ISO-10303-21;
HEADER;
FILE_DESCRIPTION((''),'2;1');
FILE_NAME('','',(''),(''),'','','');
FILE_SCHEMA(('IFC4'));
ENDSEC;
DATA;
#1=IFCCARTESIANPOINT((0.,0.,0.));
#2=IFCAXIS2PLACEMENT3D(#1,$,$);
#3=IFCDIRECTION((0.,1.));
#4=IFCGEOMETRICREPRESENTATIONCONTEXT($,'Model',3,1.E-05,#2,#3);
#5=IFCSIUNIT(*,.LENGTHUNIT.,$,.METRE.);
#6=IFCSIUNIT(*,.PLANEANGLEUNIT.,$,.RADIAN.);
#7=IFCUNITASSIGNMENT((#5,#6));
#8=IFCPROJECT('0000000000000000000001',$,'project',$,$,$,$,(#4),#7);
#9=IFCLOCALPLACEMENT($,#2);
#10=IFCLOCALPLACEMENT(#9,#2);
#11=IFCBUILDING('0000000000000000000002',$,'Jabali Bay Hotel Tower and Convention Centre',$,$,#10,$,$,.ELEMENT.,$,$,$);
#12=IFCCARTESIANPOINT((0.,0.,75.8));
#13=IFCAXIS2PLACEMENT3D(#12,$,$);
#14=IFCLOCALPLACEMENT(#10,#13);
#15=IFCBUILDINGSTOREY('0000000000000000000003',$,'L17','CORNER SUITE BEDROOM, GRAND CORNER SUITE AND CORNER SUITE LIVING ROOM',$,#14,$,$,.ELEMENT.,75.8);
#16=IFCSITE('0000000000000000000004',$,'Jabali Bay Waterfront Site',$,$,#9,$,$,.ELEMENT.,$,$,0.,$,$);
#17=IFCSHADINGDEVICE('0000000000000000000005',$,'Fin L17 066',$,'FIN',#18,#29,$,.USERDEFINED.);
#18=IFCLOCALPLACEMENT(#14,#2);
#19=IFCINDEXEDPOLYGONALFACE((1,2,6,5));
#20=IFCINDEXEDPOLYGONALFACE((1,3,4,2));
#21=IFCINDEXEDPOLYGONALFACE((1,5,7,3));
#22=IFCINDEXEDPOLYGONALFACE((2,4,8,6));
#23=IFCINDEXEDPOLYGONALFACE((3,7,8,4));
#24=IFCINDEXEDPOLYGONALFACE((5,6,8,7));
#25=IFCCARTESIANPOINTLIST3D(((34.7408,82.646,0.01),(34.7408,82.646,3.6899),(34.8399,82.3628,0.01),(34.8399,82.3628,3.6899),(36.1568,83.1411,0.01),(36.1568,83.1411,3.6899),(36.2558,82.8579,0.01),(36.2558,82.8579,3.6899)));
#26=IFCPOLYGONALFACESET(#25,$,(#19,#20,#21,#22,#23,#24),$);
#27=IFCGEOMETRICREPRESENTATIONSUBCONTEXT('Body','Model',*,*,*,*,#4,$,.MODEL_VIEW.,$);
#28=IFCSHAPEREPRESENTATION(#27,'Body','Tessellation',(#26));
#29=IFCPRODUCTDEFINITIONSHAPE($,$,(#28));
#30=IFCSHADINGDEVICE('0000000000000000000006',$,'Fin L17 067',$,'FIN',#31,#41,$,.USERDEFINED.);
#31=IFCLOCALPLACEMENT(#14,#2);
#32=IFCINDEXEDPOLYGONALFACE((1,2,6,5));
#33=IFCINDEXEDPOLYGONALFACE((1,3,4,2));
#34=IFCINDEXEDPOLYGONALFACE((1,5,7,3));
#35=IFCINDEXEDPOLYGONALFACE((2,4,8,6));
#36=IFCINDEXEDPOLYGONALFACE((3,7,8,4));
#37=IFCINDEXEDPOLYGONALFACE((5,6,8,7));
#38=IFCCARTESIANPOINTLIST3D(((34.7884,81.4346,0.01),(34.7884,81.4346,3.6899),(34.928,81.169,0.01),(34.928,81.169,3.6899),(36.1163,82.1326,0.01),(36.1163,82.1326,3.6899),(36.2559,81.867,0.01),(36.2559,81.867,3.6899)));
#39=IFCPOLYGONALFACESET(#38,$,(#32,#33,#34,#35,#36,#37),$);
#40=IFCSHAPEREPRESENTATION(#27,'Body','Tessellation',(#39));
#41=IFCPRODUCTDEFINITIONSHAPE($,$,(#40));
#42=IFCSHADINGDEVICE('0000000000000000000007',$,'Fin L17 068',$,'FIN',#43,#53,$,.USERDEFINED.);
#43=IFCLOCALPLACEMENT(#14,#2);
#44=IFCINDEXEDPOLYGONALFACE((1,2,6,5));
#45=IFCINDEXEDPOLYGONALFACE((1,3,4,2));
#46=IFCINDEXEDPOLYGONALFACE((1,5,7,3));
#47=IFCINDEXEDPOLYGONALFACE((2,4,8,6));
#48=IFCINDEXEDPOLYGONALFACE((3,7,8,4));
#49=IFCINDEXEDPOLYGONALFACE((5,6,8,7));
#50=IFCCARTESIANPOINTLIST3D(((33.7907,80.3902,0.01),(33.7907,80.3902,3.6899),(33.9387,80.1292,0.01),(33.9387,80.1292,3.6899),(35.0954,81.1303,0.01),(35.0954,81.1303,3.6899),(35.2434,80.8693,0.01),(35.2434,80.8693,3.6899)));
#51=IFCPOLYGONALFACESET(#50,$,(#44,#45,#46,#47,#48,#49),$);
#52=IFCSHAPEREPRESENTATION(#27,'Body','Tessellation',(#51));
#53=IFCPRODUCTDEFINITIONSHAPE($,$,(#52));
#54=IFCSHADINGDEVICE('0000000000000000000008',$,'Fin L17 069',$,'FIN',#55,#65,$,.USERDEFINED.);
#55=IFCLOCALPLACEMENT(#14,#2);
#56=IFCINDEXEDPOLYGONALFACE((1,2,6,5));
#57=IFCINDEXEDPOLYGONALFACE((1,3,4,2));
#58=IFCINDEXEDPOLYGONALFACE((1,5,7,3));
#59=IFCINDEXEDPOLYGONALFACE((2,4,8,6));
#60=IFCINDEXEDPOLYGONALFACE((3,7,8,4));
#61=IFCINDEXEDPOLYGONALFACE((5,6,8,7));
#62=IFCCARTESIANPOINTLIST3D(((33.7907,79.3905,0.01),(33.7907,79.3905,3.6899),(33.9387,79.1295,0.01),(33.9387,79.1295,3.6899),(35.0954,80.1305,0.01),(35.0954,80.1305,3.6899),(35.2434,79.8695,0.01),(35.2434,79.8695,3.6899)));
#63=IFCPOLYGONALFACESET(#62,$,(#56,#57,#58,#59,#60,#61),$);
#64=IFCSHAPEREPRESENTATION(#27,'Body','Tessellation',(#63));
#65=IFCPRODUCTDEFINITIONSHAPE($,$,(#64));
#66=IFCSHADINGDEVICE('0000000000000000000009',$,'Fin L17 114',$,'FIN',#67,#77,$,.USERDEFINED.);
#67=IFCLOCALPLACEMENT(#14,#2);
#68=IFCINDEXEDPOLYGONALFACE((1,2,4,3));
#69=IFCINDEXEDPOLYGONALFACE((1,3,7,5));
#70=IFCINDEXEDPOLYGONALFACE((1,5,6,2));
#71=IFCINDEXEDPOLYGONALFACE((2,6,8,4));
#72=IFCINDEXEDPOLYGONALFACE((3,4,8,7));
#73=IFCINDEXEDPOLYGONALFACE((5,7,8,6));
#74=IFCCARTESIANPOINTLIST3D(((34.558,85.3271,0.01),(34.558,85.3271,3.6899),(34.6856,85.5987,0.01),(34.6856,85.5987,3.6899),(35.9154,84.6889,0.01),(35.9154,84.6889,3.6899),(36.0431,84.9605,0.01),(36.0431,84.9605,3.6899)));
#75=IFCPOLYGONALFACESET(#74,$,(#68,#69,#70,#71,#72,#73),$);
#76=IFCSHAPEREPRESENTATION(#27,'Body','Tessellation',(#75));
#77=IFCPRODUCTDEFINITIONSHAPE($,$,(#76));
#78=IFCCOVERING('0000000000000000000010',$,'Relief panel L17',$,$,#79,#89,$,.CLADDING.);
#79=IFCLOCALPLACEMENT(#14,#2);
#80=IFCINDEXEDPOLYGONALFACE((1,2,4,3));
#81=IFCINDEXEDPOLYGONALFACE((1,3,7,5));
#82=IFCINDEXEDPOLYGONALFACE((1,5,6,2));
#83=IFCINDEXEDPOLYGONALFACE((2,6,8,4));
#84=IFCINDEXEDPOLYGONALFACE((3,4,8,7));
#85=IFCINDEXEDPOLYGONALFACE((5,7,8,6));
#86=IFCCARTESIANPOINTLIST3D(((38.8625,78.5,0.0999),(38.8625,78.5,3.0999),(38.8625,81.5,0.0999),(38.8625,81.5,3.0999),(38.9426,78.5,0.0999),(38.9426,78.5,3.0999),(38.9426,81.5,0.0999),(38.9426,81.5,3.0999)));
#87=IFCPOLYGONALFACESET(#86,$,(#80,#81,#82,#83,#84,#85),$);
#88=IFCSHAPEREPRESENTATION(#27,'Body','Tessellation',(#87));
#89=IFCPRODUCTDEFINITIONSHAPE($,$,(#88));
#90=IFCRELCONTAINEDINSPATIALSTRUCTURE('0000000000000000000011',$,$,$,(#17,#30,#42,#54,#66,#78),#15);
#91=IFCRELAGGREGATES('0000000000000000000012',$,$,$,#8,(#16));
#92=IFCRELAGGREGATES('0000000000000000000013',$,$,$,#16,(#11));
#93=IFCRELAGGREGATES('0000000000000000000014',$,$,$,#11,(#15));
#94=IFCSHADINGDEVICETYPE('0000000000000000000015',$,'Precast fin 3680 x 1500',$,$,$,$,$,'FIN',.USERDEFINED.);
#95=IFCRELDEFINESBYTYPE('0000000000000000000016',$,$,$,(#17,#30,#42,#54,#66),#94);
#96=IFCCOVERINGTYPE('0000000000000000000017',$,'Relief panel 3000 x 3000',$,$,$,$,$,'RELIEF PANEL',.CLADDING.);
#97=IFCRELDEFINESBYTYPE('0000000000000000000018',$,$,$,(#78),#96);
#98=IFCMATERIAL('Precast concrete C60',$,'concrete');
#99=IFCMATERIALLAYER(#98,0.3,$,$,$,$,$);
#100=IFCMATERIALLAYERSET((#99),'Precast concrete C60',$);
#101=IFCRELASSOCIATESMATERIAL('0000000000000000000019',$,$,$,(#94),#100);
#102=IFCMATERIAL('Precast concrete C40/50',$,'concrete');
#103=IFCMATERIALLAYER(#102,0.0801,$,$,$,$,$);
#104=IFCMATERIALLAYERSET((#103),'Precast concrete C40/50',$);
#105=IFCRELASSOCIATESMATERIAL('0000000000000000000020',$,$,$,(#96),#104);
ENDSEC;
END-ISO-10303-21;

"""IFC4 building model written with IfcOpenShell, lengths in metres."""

from ifc_helpers import new_model, si_unit, direction, frame, frame_2d, origin, origin_2d, place, context, subcontext, project, spatial, rectangle, extrude, material, layer, layer_set, type_object, element, save


model = new_model("IFC4")

# Units and contexts
model_context = context("Model", 3, precision=1e-05, world=origin(), true_north=direction((0.0, 1.0)))
body_context = subcontext(model_context, "Body", "Model", "MODEL_VIEW")
ifc_project = project(units=[si_unit("LENGTHUNIT", "METRE"), si_unit("PLANEANGLEUNIT", "RADIAN")], contexts=[model_context])

# Site, building, storey
site_placement = place(None, origin())
site = spatial("IfcSite", under=ifc_project, at=site_placement, Name="Jabali Bay Waterfront Site", CompositionType="ELEMENT", RefElevation=0.0)
building_placement = place(site_placement, origin())
building = spatial("IfcBuilding", under=site, at=building_placement, Name="Jabali Bay Hotel Tower and Convention Centre", CompositionType="ELEMENT")
storey_placement = place(building_placement, frame((0.0, 0.0, 75.8)))
storey = spatial("IfcBuildingStorey", under=building, at=storey_placement, Name="L17", Description="CORNER SUITE BEDROOM, GRAND CORNER SUITE AND CORNER SUITE LIVING ROOM", CompositionType="ELEMENT", Elevation=75.8)

# Shading devices
ifc_material_1 = material(Name="Precast concrete C60", Category="concrete")
ifc_layer_1 = layer(ifc_material_1, 0.3)
ifc_layer_set_1 = layer_set([ifc_layer_1], Name="Precast concrete C60")
shading_device_type = type_object("IfcShadingDeviceType", Name="Precast fin 3680 x 1500", ElementType="FIN", PredefinedType="USERDEFINED", material=ifc_layer_set_1)
for number, where, z_axis, x_axis, name in (
    (1, (36.2063, 82.9995, 0.01), (0.0, 0.0, 1.0), (-0.94396, -0.33006, 0.0), "Fin L17 066"),
):
    element("IfcShadingDevice", number, at=place(storey_placement, frame(where, z_axis=z_axis, x_axis=x_axis)), inside=storey, type_object=shading_device_type, Name=name, ObjectType="FIN", PredefinedType="USERDEFINED", context=body_context, shape_type="SweptSolid", body=[
        extrude(rectangle(XDim=1.5, YDim=0.3, at=frame_2d((0.75, 0.0))), origin(), (0.0, 0.0, 1.0), 3.6799),
    ])
shading_device_1_placement = place(storey_placement, frame((36.186, 81.9998, 0.01), z_axis=(0.0, 0.0, 1.0), x_axis=(-0.885162, -0.465284, 0.0)))
element("IfcShadingDevice", 2, at=shading_device_1_placement, inside=storey, type_object=shading_device_type, Name="Fin L17 067", ObjectType="FIN", PredefinedType="USERDEFINED", context=body_context, shape_type="SweptSolid", body=[
    extrude(rectangle(XDim=1.5002, YDim=0.3, at=frame_2d((0.75, 0.0))), origin(), (0.0, 0.0, 1.0), 3.6799),
])
for number, where, z_axis, x_axis, name in (
    (3, (35.1694, 80.9998, 0.01), (0.0, 0.0, 1.0), (-0.869831, -0.493349, 0.0), "Fin L17 068"),
    (4, (35.1694, 80.0, 0.01), (0.0, 0.0, 1.0), (-0.869831, -0.493349, 0.0), "Fin L17 069"),
    (5, (35.9792, 84.8247, 0.01), (0.0, 0.0, 1.0), (-0.904974, 0.425468, 0.0), "Fin L17 114"),
):
    element("IfcShadingDevice", number, at=place(storey_placement, frame(where, z_axis=z_axis, x_axis=x_axis)), inside=storey, type_object=shading_device_type, Name=name, ObjectType="FIN", PredefinedType="USERDEFINED", context=body_context, shape_type="SweptSolid", body=[
        extrude(rectangle(XDim=1.5, YDim=0.3, at=frame_2d((0.75, 0.0))), origin(), (0.0, 0.0, 1.0), 3.6799),
    ])

# Covering
ifc_material_2 = material(Name="Precast concrete C40/50", Category="concrete")
ifc_layer_2 = layer(ifc_material_2, 0.0801)
ifc_layer_set_2 = layer_set([ifc_layer_2], Name="Precast concrete C40/50")
covering_type = type_object("IfcCoveringType", Name="Relief panel 3000 x 3000", ElementType="RELIEF PANEL", PredefinedType="CLADDING", material=ifc_layer_set_2)
covering_placement = place(storey_placement, frame((38.9026, 80.0, 0.0999), z_axis=(0.0, 0.0, 1.0), x_axis=(0.0, 1.0, 0.0)))
element("IfcCovering", 6, at=covering_placement, inside=storey, type_object=covering_type, Name="Relief panel L17", PredefinedType="CLADDING", context=body_context, shape_type="SweptSolid", body=[
    extrude(rectangle(XDim=3.0, YDim=0.0801, at=origin_2d()), origin(), (0.0, 0.0, 1.0), 3.0),
])

save(model, "model.ifc")
